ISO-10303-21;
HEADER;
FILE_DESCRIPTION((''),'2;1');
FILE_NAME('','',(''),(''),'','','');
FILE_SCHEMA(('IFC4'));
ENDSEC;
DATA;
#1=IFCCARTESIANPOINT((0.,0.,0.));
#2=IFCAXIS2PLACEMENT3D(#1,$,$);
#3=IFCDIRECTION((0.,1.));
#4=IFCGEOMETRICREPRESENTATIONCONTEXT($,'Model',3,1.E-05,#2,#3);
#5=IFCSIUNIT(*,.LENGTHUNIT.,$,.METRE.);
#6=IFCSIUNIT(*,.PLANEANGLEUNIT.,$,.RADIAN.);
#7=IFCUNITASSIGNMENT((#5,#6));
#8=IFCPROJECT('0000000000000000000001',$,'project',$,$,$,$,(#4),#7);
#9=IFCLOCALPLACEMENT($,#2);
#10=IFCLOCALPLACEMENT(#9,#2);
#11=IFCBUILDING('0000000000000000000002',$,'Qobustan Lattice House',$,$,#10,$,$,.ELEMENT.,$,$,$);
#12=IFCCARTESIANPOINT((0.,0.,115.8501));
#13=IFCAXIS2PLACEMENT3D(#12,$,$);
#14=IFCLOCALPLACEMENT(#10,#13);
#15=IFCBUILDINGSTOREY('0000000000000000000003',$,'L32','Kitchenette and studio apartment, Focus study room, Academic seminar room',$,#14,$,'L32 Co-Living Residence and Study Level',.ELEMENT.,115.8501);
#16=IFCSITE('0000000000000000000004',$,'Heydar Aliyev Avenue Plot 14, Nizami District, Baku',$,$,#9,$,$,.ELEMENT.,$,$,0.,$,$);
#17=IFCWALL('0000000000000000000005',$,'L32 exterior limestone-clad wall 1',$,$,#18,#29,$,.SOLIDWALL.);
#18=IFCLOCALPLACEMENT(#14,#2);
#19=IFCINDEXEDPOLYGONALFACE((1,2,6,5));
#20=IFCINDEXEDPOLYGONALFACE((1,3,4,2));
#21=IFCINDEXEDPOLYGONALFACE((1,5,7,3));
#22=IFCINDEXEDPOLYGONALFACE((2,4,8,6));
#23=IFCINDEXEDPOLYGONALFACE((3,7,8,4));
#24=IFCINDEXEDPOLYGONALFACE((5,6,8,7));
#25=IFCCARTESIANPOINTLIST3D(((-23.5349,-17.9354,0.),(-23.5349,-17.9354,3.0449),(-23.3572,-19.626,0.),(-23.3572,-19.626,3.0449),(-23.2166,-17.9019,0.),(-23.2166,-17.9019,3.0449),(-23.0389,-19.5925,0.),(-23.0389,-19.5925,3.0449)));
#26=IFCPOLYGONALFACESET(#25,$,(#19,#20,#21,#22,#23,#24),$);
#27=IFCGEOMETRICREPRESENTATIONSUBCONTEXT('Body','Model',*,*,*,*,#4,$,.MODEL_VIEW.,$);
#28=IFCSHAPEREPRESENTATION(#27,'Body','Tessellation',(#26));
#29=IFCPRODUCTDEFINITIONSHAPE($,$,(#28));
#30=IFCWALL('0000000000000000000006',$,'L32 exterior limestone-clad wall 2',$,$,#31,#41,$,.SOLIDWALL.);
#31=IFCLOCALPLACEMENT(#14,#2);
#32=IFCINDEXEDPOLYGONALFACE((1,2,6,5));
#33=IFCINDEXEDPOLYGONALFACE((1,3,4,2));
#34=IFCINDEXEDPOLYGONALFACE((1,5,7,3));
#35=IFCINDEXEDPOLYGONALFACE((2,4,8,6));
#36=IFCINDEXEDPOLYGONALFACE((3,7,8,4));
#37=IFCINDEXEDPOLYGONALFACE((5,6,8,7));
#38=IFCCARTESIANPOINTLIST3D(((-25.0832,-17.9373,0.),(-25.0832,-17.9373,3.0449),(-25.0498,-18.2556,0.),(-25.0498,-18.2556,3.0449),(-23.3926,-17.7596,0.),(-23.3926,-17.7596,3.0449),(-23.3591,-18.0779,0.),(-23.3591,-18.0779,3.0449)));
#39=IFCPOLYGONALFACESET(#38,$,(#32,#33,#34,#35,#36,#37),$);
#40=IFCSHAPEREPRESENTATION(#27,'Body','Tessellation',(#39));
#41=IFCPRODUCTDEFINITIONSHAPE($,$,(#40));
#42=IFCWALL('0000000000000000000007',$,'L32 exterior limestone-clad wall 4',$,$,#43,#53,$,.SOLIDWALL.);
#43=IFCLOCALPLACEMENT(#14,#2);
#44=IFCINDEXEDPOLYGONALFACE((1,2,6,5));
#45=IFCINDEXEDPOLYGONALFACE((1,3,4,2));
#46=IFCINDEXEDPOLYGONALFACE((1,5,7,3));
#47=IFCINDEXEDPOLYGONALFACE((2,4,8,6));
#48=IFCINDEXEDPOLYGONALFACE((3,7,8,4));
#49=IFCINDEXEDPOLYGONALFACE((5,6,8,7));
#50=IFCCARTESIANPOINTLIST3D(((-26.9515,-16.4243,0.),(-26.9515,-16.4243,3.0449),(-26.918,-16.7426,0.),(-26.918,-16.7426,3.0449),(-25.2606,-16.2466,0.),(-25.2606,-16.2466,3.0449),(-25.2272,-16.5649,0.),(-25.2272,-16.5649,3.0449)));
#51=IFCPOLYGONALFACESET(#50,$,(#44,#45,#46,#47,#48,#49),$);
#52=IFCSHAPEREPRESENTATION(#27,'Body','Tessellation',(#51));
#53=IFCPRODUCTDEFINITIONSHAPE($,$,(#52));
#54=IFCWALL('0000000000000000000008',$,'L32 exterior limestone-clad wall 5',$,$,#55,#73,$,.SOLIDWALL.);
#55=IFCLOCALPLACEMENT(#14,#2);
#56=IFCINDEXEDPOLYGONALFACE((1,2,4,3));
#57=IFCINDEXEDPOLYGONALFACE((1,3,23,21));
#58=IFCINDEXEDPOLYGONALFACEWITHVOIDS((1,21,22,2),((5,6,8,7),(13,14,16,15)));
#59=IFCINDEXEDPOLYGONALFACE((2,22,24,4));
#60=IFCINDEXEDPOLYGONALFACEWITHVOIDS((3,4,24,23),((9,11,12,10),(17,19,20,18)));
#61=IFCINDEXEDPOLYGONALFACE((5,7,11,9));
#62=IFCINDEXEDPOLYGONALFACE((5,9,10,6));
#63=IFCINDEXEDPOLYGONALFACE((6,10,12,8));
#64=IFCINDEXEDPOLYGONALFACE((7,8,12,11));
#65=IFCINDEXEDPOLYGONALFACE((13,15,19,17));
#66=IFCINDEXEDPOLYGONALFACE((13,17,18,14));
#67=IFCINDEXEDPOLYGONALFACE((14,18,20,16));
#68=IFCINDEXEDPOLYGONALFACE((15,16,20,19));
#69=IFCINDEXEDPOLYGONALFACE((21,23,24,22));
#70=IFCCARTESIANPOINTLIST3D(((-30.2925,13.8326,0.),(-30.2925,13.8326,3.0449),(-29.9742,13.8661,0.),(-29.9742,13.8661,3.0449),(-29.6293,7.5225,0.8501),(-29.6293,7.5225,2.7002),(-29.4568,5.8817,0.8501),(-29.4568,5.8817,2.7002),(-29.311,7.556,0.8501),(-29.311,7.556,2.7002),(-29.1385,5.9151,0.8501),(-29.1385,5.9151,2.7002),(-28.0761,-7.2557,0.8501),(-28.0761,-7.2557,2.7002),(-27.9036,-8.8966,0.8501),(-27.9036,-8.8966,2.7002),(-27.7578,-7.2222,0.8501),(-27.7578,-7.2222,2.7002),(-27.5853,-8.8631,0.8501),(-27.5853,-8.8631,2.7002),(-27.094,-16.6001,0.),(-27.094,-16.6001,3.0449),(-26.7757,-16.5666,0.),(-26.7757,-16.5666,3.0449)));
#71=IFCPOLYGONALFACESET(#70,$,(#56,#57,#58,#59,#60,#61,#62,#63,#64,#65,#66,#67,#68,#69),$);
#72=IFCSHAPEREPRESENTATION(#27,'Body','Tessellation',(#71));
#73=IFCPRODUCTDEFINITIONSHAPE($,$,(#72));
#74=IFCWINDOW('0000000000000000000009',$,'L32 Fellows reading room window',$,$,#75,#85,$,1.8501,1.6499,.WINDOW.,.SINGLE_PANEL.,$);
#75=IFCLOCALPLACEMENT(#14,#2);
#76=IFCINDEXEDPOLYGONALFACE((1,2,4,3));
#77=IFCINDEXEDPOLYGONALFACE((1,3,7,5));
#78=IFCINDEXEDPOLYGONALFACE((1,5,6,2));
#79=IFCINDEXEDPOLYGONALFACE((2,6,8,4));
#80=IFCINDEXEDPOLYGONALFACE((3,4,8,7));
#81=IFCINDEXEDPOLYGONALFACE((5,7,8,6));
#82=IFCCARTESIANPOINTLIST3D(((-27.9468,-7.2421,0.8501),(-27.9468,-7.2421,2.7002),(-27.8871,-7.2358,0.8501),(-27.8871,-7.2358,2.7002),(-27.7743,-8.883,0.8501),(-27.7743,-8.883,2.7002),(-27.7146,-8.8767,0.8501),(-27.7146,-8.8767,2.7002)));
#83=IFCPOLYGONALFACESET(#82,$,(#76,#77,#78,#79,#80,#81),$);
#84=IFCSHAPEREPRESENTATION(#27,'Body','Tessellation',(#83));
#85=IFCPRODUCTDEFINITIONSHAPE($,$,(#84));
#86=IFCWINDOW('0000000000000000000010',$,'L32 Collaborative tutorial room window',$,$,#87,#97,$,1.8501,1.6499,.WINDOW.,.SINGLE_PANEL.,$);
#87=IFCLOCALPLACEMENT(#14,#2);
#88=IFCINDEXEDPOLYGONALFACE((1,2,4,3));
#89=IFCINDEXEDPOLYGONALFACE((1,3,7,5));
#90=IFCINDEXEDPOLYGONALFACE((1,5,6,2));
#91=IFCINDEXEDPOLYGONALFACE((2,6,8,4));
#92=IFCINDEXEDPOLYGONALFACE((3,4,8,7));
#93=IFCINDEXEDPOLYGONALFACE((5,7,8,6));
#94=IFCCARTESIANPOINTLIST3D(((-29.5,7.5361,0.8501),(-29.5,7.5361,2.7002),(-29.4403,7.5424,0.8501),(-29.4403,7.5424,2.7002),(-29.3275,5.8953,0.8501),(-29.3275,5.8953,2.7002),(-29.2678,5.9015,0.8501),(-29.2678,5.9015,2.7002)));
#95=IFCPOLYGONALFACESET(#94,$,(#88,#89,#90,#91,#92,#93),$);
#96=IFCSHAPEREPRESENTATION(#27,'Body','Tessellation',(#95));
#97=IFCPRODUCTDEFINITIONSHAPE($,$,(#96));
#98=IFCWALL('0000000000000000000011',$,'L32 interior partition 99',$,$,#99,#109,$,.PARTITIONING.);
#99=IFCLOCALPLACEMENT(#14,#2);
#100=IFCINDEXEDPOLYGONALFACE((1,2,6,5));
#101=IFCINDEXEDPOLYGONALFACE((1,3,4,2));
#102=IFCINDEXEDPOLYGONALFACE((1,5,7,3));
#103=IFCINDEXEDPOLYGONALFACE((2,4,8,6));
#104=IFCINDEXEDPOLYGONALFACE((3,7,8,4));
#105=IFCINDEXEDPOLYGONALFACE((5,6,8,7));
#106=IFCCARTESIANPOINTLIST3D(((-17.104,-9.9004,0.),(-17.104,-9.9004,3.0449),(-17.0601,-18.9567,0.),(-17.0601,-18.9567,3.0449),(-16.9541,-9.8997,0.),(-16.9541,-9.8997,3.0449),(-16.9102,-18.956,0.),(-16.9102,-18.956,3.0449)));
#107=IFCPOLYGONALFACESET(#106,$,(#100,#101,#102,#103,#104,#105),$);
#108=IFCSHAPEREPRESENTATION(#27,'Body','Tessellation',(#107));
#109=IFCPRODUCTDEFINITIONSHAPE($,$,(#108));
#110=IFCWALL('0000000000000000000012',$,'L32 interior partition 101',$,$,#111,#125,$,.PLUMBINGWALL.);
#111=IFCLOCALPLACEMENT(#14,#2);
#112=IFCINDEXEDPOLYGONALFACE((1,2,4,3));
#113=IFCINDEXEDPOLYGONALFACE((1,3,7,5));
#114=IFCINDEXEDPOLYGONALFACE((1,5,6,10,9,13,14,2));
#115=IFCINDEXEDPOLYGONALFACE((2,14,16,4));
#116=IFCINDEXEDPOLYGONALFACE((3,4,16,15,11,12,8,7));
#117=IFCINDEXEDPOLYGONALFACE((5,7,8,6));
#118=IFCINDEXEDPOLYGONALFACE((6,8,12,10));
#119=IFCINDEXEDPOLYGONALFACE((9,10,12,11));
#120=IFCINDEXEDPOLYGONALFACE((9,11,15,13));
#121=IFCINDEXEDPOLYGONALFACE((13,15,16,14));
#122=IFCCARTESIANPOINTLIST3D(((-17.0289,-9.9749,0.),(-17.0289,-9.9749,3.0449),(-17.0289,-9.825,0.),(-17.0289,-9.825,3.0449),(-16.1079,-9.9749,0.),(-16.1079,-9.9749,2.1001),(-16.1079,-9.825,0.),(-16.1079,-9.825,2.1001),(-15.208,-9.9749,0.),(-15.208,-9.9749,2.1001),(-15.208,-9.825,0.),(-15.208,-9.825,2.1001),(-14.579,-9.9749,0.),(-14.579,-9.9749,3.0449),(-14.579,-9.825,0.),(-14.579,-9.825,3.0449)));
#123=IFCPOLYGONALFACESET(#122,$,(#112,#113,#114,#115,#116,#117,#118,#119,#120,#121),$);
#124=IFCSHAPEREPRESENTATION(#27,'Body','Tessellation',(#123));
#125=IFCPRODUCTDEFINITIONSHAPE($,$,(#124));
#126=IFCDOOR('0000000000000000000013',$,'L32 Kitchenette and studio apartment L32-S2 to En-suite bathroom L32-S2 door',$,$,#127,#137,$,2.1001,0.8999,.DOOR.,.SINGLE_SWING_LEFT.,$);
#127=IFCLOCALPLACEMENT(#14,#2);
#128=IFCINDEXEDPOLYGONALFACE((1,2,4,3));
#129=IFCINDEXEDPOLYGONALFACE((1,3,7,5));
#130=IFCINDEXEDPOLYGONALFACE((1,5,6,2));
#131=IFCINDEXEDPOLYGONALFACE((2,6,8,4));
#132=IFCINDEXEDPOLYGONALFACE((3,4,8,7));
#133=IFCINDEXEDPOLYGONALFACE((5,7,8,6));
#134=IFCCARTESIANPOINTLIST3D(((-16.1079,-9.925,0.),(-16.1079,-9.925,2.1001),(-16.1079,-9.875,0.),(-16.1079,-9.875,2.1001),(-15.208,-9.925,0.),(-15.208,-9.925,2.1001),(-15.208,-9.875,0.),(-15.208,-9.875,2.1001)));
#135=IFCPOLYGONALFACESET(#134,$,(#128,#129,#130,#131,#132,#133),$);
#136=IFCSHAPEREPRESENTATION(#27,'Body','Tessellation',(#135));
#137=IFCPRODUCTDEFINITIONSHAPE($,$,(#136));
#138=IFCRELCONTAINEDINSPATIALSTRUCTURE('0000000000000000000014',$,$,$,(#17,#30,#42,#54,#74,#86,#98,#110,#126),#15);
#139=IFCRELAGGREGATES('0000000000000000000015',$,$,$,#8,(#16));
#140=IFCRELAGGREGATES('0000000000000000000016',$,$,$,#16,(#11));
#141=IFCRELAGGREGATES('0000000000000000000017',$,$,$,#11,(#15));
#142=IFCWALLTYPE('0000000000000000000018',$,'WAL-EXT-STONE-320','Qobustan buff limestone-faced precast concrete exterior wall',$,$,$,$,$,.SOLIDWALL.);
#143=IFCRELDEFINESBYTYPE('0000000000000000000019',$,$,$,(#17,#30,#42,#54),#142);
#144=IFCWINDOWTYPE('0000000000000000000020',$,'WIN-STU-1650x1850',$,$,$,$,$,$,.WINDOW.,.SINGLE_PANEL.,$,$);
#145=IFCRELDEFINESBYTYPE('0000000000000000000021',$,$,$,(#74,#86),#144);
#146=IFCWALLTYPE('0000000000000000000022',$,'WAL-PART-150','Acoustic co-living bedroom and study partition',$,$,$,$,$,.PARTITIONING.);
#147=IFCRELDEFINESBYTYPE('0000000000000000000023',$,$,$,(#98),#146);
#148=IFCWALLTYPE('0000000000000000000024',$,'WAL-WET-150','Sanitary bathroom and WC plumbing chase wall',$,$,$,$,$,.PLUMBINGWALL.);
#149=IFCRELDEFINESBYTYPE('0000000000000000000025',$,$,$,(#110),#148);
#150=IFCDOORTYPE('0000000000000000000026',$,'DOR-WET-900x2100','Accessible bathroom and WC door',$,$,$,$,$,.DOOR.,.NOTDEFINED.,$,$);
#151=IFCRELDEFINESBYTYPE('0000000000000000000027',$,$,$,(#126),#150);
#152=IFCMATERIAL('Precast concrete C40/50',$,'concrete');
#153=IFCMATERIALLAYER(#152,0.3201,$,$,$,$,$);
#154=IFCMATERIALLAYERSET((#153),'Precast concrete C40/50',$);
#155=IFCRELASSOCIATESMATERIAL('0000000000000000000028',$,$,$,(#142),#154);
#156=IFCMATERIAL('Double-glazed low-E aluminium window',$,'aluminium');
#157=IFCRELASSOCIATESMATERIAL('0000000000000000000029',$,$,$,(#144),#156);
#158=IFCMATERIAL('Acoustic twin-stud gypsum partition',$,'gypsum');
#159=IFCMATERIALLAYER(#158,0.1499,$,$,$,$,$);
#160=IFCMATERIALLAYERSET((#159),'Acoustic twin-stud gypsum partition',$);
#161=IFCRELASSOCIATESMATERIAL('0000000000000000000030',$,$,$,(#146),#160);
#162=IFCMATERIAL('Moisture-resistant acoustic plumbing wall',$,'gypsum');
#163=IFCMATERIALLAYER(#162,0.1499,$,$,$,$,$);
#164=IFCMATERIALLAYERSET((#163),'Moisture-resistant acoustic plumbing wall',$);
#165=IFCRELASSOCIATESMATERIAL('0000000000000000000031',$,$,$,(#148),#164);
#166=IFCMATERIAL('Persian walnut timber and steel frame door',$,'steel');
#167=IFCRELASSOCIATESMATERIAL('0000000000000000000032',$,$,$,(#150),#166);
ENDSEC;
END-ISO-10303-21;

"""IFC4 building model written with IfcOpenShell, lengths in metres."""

from ifc_helpers import new_model, si_unit, direction, frame, frame_2d, origin, place, context, subcontext, project, spatial, rectangle, extrude, material, layer, layer_set, type_object, element, fill, save


model = new_model("IFC4")

# Units and contexts
model_context = context("Model", 3, precision=1e-05, world=origin(), true_north=direction((0.0, 1.0)))
body_context = subcontext(model_context, "Body", "Model", "MODEL_VIEW")
ifc_project = project(units=[si_unit("LENGTHUNIT", "METRE"), si_unit("PLANEANGLEUNIT", "RADIAN")], contexts=[model_context])

# Site, building, storey
site_placement = place(None, origin())
site = spatial("IfcSite", under=ifc_project, at=site_placement, Name="Heydar Aliyev Avenue Plot 14, Nizami District, Baku", CompositionType="ELEMENT", RefElevation=0.0)
building_placement = place(site_placement, origin())
building = spatial("IfcBuilding", under=site, at=building_placement, Name="Qobustan Lattice House", CompositionType="ELEMENT")
storey_placement = place(building_placement, frame((0.0, 0.0, 115.8501)))
storey = spatial("IfcBuildingStorey", under=building, at=storey_placement, Name="L32", Description="Kitchenette and studio apartment, Focus study room, Academic seminar room", LongName="L32 Co-Living Residence and Study Level", CompositionType="ELEMENT", Elevation=115.8501)

# Walls
ifc_material_1 = material(Name="Precast concrete C40/50", Category="concrete")
ifc_layer_1 = layer(ifc_material_1, 0.3201)
ifc_layer_set_1 = layer_set([ifc_layer_1], Name="Precast concrete C40/50")
wall_type_1 = type_object("IfcWallType", Name="WAL-EXT-STONE-320", Description="Qobustan buff limestone-faced precast concrete exterior wall", PredefinedType="SOLIDWALL", material=ifc_layer_set_1)
for number, where, z_axis, x_axis, name in (
    (1, (-23.198, -19.6094, 0.0), (0.0, 0.0, 1.0), (-0.10455, 0.99452, 0.0), "L32 exterior limestone-clad wall 1"),
    (2, (-23.3757, -17.9187, 0.0), (0.0, 0.0, 1.0), (-0.99452, -0.10455, 0.0), "L32 exterior limestone-clad wall 2"),
):
    element("IfcWall", number, at=place(storey_placement, frame(where, z_axis=z_axis, x_axis=x_axis)), inside=storey, type_object=wall_type_1, Name=name, PredefinedType="SOLIDWALL", context=body_context, shape_type="SweptSolid", body=[
        extrude(rectangle(XDim=1.7, YDim=0.3201, at=frame_2d((0.8501, 0.0))), origin(), (0.0, 0.0, 1.0), 3.0449),
    ])
wall_1_placement = place(storey_placement, frame((-25.2439, -16.4058, 0.0), z_axis=(0.0, 0.0, 1.0), x_axis=(-0.994521, -0.104535, 0.0)))
element("IfcWall", 3, at=wall_1_placement, inside=storey, type_object=wall_type_1, Name="L32 exterior limestone-clad wall 4", PredefinedType="SOLIDWALL", context=body_context, shape_type="SweptSolid", body=[
    extrude(rectangle(XDim=1.7002, YDim=0.3201, at=frame_2d((0.8501, 0.0))), origin(), (0.0, 0.0, 1.0), 3.0449),
])

# Wall, openings, windows
wall_2_placement = place(storey_placement, frame((-26.9348, -16.5835, 0.0), z_axis=(0.0, 0.0, 1.0), x_axis=(-0.104525, 0.994522, 0.0)))
wall_2 = element("IfcWall", 4, at=wall_2_placement, inside=storey, type_object=wall_type_1, Name="L32 exterior limestone-clad wall 5", PredefinedType="SOLIDWALL", context=body_context, shape_type="SweptSolid", body=[
    extrude(rectangle(XDim=30.6003, YDim=0.3201, at=frame_2d((15.3003, 0.0))), origin(), (0.0, 0.0, 1.0), 3.0449),
])
opening_1_placement = place(wall_2_placement, frame((7.7461, 0.0, 0.8501)))
opening_1 = element("IfcOpeningElement", 5, at=opening_1_placement, cuts=wall_2, PredefinedType="OPENING", context=body_context, shape_type="SweptSolid", body=[
    extrude(rectangle(XDim=1.6499, YDim=1.8501, at=frame_2d((0.825, 0.925))), frame((0.0, 0.1699, 0.0), z_axis=(0.0, -1.0, 0.0), x_axis=(1.0, 0.0, 0.0)), (0.0, 0.0, 1.0), 0.3401),
])
opening_2_placement = place(wall_2_placement, frame((22.6057, 0.0, 0.8501)))
opening_2 = element("IfcOpeningElement", 6, at=opening_2_placement, cuts=wall_2, PredefinedType="OPENING", context=body_context, shape_type="SweptSolid", body=[
    extrude(rectangle(XDim=1.6499, YDim=1.8501, at=frame_2d((0.825, 0.925))), frame((0.0, 0.1699, 0.0), z_axis=(0.0, -1.0, 0.0), x_axis=(1.0, 0.0, 0.0)), (0.0, 0.0, 1.0), 0.3401),
])
ifc_material_2 = material(Name="Double-glazed low-E aluminium window", Category="aluminium")
window_type = type_object("IfcWindowType", Name="WIN-STU-1650x1850", PartitioningType="SINGLE_PANEL", PredefinedType="WINDOW", material=ifc_material_2)
window_1_placement = place(opening_1_placement, origin())
window_1 = element("IfcWindow", 7, at=window_1_placement, inside=storey, type_object=window_type, Name="L32 Fellows reading room window", OverallHeight=1.8501, OverallWidth=1.6499, PartitioningType="SINGLE_PANEL", PredefinedType="WINDOW", context=body_context, shape_type="SweptSolid", body=[
    extrude(rectangle(XDim=1.6499, YDim=1.8501, at=frame_2d((0.825, 0.925))), frame((0.0, 0.03, 0.0), z_axis=(0.0, -1.0, 0.0), x_axis=(1.0, 0.0, 0.0)), (0.0, 0.0, 1.0), 0.0601),
])
fill(opening_1, window_1)
window_2_placement = place(opening_2_placement, origin())
window_2 = element("IfcWindow", 8, at=window_2_placement, inside=storey, type_object=window_type, Name="L32 Collaborative tutorial room window", OverallHeight=1.8501, OverallWidth=1.6499, PartitioningType="SINGLE_PANEL", PredefinedType="WINDOW", context=body_context, shape_type="SweptSolid", body=[
    extrude(rectangle(XDim=1.6499, YDim=1.8501, at=frame_2d((0.825, 0.925))), frame((0.0, 0.03, 0.0), z_axis=(0.0, -1.0, 0.0), x_axis=(1.0, 0.0, 0.0)), (0.0, 0.0, 1.0), 0.0601),
])
fill(opening_2, window_2)

# Wall
ifc_material_3 = material(Name="Acoustic twin-stud gypsum partition", Category="gypsum")
ifc_layer_2 = layer(ifc_material_3, 0.1499)
ifc_layer_set_2 = layer_set([ifc_layer_2], Name="Acoustic twin-stud gypsum partition")
wall_type_2 = type_object("IfcWallType", Name="WAL-PART-150", Description="Acoustic co-living bedroom and study partition", PredefinedType="PARTITIONING", material=ifc_layer_set_2)
wall_3_placement = place(storey_placement, frame((-17.0291, -9.8999, 0.0), z_axis=(0.0, 0.0, 1.0), x_axis=(0.004852, -0.999988, 0.0)))
element("IfcWall", 9, at=wall_3_placement, inside=storey, type_object=wall_type_2, Name="L32 interior partition 99", PredefinedType="PARTITIONING", context=body_context, shape_type="SweptSolid", body=[
    extrude(rectangle(XDim=9.0564, YDim=0.1499, at=frame_2d((4.5283, 0.0))), origin(), (0.0, 0.0, 1.0), 3.0449),
])

# Wall, opening, door
ifc_material_4 = material(Name="Moisture-resistant acoustic plumbing wall", Category="gypsum")
ifc_layer_3 = layer(ifc_material_4, 0.1499)
ifc_layer_set_3 = layer_set([ifc_layer_3], Name="Moisture-resistant acoustic plumbing wall")
wall_type_3 = type_object("IfcWallType", Name="WAL-WET-150", Description="Sanitary bathroom and WC plumbing chase wall", PredefinedType="PLUMBINGWALL", material=ifc_layer_set_3)
wall_4_placement = place(storey_placement, frame((-17.0291, -9.8999, 0.0), z_axis=(0.0, 0.0, 1.0), x_axis=(1.0, 0.0, 0.0)))
wall_4 = element("IfcWall", 10, at=wall_4_placement, inside=storey, type_object=wall_type_3, Name="L32 interior partition 101", PredefinedType="PLUMBINGWALL", context=body_context, shape_type="SweptSolid", body=[
    extrude(rectangle(XDim=2.45, YDim=0.1499, at=frame_2d((1.2251, 0.0))), origin(), (0.0, 0.0, 1.0), 3.0449),
])
opening_3_placement = place(wall_4_placement, frame((0.9211, 0.0, 0.0)))
opening_3 = element("IfcOpeningElement", 11, at=opening_3_placement, cuts=wall_4, PredefinedType="OPENING", context=body_context, shape_type="SweptSolid", body=[
    extrude(rectangle(XDim=0.8999, YDim=2.1001, at=frame_2d((0.45, 1.05))), frame((0.0, 0.085, 0.0), z_axis=(0.0, -1.0, 0.0), x_axis=(1.0, 0.0, 0.0)), (0.0, 0.0, 1.0), 0.1699),
])
ifc_material_5 = material(Name="Persian walnut timber and steel frame door", Category="steel")
door_type = type_object("IfcDoorType", Name="DOR-WET-900x2100", Description="Accessible bathroom and WC door", OperationType="NOTDEFINED", PredefinedType="DOOR", material=ifc_material_5)
door_placement = place(opening_3_placement, origin())
door = element("IfcDoor", 12, at=door_placement, inside=storey, type_object=door_type, Name="L32 Kitchenette and studio apartment L32-S2 to En-suite bathroom L32-S2 door", OperationType="SINGLE_SWING_LEFT", OverallHeight=2.1001, OverallWidth=0.8999, PredefinedType="DOOR", context=body_context, shape_type="SweptSolid", body=[
    extrude(rectangle(XDim=0.8999, YDim=2.1001, at=frame_2d((0.45, 1.05))), frame((0.0, 0.0249, 0.0), z_axis=(0.0, -1.0, 0.0), x_axis=(1.0, 0.0, 0.0)), (0.0, 0.0, 1.0), 0.05),
])
fill(opening_3, door)

save(model, "model.ifc")
